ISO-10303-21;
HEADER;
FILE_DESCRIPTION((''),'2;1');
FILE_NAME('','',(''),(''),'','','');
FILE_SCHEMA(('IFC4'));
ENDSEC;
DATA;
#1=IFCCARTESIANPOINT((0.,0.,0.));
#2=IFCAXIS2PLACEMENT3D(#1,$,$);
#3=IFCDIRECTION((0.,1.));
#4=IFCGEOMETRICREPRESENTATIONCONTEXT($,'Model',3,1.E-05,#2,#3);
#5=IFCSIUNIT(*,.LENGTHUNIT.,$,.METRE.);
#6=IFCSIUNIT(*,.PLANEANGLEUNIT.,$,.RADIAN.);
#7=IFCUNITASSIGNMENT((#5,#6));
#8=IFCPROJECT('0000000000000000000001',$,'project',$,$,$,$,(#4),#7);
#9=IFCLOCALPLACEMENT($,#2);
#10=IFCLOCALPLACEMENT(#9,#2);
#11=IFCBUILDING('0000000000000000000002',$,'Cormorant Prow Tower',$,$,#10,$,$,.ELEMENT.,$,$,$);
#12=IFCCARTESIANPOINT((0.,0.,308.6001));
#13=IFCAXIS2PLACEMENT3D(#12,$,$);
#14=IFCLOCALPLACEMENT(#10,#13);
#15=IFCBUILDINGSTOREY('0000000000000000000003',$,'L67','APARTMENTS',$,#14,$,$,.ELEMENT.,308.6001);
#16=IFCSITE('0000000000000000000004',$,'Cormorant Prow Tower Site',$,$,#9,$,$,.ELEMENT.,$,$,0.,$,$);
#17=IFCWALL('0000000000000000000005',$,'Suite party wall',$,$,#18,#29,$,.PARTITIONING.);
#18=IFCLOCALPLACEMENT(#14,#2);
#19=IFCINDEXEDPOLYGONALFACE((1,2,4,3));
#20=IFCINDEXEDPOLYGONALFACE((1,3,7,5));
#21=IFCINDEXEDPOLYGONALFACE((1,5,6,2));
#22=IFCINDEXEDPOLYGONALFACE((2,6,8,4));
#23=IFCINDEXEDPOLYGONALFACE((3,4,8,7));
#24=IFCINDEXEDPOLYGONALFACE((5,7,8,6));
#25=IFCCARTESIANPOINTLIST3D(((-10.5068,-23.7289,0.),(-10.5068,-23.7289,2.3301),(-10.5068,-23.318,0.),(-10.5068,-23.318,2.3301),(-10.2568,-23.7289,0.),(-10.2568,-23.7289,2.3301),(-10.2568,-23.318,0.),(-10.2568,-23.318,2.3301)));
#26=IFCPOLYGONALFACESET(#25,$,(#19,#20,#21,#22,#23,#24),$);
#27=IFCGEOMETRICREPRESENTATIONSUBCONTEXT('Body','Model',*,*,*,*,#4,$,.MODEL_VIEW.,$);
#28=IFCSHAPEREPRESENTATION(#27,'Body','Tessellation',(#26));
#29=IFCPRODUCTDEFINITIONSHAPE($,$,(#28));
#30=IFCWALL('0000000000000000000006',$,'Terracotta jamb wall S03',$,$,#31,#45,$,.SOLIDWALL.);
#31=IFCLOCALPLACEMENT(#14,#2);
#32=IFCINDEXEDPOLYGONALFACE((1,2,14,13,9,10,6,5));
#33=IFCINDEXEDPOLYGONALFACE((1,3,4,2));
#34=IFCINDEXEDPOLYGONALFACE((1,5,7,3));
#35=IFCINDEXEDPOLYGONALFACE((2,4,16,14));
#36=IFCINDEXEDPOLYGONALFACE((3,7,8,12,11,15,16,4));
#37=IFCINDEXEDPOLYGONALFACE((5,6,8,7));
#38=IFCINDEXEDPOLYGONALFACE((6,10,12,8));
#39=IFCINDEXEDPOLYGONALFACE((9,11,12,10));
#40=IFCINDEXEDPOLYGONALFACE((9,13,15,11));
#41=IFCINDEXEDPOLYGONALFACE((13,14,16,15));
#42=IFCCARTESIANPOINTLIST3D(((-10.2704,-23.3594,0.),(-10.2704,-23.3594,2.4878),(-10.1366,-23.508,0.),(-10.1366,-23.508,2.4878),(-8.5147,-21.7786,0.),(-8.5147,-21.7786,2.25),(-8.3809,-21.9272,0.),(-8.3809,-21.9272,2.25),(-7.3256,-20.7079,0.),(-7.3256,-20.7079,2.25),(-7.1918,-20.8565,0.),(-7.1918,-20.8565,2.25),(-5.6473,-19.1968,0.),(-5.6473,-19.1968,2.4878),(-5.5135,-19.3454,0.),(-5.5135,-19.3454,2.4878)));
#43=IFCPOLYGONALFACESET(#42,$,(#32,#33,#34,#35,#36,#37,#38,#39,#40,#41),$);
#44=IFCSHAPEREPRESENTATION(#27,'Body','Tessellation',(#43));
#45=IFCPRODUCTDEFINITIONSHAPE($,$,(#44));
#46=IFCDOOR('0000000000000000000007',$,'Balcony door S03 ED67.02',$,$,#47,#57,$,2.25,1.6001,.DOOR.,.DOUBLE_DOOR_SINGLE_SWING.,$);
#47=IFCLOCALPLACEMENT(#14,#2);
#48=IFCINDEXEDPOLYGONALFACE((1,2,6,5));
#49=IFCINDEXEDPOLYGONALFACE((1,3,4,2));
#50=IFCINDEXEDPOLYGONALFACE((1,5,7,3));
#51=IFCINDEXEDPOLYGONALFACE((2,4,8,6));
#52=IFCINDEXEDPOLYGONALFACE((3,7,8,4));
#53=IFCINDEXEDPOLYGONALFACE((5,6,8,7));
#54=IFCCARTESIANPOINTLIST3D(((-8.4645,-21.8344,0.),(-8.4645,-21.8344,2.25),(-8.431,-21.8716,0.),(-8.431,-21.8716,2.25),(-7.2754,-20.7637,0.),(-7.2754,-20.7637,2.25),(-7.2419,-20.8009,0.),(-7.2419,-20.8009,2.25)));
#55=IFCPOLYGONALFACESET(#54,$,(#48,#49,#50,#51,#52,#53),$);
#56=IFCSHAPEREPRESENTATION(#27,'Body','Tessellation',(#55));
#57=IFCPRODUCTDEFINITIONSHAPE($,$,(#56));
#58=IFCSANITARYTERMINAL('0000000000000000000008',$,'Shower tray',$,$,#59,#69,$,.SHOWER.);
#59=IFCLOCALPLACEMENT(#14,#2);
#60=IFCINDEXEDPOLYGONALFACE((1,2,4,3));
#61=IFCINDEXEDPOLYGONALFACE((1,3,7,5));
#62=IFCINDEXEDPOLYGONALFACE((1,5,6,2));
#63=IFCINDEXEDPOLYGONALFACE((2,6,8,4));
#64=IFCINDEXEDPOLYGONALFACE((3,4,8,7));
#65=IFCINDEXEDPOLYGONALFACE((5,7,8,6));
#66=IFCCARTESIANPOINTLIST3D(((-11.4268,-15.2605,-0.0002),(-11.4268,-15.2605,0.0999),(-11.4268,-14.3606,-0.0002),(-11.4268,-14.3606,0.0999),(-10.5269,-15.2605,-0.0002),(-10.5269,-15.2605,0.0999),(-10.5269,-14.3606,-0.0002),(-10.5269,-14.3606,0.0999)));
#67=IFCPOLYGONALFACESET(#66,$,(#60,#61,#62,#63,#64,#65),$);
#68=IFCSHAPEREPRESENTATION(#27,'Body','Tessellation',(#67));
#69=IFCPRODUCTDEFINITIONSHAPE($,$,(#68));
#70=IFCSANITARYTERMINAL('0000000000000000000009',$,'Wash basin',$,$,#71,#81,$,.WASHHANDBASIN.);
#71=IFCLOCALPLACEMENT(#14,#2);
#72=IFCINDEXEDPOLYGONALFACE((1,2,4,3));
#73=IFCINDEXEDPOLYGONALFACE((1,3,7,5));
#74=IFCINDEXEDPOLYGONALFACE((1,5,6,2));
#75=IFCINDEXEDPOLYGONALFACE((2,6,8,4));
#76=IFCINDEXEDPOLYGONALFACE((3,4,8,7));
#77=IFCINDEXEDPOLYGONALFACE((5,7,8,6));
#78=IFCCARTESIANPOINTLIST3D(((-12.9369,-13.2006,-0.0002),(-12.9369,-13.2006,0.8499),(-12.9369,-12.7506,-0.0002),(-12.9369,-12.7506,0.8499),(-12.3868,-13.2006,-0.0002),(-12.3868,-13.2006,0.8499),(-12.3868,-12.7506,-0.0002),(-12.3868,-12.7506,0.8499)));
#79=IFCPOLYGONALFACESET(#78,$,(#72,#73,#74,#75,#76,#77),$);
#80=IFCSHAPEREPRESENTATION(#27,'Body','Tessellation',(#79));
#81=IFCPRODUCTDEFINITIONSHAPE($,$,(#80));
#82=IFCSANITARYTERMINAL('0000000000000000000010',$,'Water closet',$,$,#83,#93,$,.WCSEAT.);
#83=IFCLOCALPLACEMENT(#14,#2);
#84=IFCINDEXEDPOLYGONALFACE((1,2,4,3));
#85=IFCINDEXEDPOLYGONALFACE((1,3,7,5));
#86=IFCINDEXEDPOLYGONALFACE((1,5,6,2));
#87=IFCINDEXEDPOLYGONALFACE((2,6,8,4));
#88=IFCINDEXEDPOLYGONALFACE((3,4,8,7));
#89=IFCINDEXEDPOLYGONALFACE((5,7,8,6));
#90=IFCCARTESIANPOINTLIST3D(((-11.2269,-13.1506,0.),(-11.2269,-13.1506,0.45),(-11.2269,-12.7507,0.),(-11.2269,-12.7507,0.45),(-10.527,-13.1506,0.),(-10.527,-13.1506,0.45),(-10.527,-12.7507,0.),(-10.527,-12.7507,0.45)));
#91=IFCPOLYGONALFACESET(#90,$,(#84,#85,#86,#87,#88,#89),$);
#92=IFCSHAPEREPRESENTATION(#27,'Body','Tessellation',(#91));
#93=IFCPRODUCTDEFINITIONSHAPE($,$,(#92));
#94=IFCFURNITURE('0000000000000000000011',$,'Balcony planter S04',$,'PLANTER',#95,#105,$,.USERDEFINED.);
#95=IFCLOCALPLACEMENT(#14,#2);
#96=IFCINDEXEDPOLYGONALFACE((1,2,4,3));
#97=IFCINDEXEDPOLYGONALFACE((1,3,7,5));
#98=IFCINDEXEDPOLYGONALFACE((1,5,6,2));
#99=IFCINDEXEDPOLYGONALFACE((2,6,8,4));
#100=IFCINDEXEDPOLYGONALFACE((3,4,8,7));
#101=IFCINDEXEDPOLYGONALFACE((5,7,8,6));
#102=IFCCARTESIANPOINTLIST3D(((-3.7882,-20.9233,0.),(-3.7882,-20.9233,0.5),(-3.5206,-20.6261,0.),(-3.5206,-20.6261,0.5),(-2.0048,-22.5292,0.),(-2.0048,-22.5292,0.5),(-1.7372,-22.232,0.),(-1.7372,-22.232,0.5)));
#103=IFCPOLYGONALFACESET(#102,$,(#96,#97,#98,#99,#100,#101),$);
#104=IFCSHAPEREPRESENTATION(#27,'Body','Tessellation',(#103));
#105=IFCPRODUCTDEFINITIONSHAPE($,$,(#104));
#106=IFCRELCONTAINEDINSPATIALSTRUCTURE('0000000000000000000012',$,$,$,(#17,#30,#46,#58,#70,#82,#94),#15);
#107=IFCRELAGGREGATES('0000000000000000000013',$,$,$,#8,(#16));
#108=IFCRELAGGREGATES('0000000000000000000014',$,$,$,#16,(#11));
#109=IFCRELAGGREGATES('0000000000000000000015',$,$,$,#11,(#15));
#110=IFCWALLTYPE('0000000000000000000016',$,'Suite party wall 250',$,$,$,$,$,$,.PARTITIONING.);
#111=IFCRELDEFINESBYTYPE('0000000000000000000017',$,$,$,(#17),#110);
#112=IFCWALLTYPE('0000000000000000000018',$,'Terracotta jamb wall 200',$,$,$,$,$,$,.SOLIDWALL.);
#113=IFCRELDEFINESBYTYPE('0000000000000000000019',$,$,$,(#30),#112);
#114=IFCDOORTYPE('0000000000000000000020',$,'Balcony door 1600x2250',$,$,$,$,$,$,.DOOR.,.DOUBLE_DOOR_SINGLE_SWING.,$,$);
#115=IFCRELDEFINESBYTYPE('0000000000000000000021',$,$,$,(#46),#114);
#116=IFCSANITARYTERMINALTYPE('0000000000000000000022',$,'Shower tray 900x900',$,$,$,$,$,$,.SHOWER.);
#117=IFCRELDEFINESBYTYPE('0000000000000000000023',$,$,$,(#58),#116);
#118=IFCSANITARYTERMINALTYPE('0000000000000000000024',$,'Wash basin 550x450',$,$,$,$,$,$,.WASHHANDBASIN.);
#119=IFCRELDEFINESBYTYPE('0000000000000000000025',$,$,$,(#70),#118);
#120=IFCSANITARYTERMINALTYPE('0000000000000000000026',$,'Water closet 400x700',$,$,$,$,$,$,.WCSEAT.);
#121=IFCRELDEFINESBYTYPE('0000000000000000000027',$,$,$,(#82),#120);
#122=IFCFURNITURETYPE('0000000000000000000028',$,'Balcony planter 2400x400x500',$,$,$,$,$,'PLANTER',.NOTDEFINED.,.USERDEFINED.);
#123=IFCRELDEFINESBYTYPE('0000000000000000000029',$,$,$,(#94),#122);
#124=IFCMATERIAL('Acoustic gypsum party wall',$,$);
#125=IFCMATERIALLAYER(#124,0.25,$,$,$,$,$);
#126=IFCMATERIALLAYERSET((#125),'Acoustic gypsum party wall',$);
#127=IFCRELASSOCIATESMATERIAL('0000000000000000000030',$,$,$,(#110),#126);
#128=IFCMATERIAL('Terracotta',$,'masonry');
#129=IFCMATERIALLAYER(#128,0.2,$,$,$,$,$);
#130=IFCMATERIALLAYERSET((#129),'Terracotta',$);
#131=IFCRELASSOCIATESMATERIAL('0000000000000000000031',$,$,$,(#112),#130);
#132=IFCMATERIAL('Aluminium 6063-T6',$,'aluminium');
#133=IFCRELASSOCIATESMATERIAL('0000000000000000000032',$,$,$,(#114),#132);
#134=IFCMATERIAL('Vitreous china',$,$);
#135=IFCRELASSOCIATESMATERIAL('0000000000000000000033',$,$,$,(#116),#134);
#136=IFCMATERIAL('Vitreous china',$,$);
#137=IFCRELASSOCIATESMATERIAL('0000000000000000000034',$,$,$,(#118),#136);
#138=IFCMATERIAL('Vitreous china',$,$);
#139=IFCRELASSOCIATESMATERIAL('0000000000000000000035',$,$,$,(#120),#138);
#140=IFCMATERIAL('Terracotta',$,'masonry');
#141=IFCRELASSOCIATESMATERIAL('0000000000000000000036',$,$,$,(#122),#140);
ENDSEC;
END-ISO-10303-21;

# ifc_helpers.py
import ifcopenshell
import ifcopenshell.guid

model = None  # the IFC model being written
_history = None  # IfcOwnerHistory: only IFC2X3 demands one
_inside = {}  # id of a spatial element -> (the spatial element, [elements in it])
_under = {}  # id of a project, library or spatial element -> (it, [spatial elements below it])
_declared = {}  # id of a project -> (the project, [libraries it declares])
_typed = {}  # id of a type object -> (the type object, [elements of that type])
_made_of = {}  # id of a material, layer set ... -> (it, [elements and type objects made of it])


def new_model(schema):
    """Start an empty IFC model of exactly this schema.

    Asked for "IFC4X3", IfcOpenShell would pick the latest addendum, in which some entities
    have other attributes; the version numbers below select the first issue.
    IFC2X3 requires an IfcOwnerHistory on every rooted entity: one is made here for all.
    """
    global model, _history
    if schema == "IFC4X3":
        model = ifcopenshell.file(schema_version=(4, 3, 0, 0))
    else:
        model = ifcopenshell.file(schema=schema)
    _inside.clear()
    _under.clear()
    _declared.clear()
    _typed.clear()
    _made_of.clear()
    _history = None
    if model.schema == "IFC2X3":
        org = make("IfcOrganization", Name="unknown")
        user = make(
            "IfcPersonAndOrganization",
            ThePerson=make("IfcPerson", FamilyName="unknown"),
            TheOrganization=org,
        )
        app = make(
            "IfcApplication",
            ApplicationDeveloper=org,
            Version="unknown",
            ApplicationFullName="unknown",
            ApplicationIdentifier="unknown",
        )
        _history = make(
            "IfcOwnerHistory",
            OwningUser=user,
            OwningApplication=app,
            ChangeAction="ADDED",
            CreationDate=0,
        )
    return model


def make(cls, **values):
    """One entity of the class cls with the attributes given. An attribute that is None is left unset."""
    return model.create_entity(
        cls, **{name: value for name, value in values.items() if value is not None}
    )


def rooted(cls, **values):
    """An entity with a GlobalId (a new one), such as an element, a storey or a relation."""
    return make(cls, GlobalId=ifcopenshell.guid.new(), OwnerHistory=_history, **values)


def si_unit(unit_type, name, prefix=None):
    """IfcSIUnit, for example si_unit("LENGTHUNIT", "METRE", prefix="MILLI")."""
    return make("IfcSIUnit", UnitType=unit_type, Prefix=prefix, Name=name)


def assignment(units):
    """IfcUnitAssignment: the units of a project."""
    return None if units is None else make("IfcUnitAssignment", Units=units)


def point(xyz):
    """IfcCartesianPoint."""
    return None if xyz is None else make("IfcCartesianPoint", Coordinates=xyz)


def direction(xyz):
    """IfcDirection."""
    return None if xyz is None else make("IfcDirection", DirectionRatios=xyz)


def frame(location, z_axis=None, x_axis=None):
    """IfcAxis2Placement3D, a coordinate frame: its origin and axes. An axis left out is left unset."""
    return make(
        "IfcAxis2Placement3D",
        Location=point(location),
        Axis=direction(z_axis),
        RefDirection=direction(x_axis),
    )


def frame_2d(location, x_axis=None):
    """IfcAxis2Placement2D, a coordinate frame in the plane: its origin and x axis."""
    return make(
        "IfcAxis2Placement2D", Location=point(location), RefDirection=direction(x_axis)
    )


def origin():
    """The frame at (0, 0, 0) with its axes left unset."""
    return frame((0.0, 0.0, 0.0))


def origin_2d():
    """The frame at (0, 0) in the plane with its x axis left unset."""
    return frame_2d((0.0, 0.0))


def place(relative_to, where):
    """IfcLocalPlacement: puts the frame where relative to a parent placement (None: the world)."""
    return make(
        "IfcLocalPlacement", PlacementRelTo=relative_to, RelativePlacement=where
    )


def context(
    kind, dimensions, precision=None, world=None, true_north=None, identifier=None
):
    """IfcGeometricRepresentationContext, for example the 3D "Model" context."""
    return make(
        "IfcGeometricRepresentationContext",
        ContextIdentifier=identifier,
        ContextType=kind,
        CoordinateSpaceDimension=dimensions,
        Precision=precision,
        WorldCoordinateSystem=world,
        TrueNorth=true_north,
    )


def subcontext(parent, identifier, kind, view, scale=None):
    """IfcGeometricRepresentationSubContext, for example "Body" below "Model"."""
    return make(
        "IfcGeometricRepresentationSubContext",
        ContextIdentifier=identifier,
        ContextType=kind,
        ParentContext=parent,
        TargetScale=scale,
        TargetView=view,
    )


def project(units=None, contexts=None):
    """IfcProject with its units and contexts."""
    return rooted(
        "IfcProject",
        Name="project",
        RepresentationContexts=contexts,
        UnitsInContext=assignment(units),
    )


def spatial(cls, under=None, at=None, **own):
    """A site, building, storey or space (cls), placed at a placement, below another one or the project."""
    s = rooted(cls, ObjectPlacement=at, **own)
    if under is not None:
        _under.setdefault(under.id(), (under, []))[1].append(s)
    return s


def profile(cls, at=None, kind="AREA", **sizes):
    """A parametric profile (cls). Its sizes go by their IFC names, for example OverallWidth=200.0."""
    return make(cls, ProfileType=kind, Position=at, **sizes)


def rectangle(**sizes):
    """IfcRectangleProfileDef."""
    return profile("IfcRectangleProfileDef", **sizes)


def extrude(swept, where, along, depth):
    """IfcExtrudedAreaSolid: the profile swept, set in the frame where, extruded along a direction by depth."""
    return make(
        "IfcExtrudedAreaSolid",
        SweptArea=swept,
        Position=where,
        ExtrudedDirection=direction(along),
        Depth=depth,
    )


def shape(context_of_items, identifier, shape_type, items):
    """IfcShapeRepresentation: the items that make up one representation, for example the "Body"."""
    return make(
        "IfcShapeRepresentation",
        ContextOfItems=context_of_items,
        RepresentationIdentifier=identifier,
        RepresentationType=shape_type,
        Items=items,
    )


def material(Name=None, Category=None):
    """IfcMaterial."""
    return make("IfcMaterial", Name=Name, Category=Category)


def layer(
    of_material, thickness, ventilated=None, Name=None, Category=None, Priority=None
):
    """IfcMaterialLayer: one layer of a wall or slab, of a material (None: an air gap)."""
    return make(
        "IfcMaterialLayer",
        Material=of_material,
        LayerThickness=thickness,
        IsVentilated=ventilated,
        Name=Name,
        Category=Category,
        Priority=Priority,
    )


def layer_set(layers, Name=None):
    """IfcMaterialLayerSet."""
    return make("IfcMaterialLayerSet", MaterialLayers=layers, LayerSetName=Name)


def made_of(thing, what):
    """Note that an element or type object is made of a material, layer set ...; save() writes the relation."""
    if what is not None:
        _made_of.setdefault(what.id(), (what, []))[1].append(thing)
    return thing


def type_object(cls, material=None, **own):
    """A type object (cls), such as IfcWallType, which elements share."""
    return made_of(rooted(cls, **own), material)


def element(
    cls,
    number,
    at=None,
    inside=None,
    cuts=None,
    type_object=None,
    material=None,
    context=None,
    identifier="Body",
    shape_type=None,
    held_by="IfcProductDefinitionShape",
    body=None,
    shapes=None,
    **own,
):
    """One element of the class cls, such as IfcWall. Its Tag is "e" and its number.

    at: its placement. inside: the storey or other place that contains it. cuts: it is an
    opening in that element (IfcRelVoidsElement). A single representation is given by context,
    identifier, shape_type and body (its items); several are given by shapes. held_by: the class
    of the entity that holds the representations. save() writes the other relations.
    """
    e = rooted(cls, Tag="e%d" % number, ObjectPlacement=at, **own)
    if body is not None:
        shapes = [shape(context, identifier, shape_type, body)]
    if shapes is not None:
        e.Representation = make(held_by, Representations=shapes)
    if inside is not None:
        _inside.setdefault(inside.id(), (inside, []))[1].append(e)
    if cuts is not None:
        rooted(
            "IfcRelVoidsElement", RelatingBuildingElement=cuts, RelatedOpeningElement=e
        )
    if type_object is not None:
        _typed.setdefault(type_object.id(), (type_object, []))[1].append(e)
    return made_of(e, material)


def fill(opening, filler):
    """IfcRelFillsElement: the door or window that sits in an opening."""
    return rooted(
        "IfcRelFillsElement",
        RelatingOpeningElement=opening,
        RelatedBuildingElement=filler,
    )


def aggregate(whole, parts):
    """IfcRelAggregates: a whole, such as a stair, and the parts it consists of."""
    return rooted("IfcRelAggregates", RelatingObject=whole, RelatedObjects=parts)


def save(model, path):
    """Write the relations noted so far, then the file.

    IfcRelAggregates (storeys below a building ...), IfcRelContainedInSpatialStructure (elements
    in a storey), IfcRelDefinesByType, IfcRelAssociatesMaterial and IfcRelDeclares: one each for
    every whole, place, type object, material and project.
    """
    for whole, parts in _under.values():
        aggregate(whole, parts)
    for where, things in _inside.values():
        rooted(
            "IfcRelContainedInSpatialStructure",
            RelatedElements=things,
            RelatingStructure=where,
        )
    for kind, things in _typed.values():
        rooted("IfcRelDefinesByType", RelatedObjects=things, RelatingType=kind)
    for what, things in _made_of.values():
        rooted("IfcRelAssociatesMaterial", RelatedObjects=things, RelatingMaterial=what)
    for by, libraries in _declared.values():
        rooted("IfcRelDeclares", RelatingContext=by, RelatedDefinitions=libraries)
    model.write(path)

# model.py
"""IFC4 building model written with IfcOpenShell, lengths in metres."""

from ifc_helpers import new_model, si_unit, direction, frame, frame_2d, origin, origin_2d, place, context, subcontext, project, spatial, rectangle, extrude, material, layer, layer_set, type_object, element, fill, save


model = new_model("IFC4")

# Units and contexts
model_context = context("Model", 3, precision=1e-05, world=origin(), true_north=direction((0.0, 1.0)))
body_context = subcontext(model_context, "Body", "Model", "MODEL_VIEW")
ifc_project = project(units=[si_unit("LENGTHUNIT", "METRE"), si_unit("PLANEANGLEUNIT", "RADIAN")], contexts=[model_context])

# Site, building, storey
site_placement = place(None, origin())
site = spatial("IfcSite", under=ifc_project, at=site_placement, Name="Cormorant Prow Tower Site", CompositionType="ELEMENT", RefElevation=0.0)
building_placement = place(site_placement, origin())
building = spatial("IfcBuilding", under=site, at=building_placement, Name="Cormorant Prow Tower", CompositionType="ELEMENT")
storey_placement = place(building_placement, frame((0.0, 0.0, 308.6001)))
storey = spatial("IfcBuildingStorey", under=building, at=storey_placement, Name="L67", Description="APARTMENTS", CompositionType="ELEMENT", Elevation=308.6001)

# Wall
ifc_material_1 = material(Name="Acoustic gypsum party wall")
ifc_layer_1 = layer(ifc_material_1, 0.25)
ifc_layer_set_1 = layer_set([ifc_layer_1], Name="Acoustic gypsum party wall")
wall_type_1 = type_object("IfcWallType", Name="Suite party wall 250", PredefinedType="PARTITIONING", material=ifc_layer_set_1)
wall_1_placement = place(storey_placement, frame((-10.3818, -23.729, 0.0), z_axis=(0.0, 0.0, 1.0), x_axis=(0.0, 1.0, 0.0)))
element("IfcWall", 1, at=wall_1_placement, inside=storey, type_object=wall_type_1, Name="Suite party wall", PredefinedType="PARTITIONING", context=body_context, shape_type="SweptSolid", body=[
    extrude(rectangle(XDim=0.4109, YDim=0.25, at=frame_2d((0.2056, 0.0))), origin(), (0.0, 0.0, 1.0), 2.3301),
])

# Wall, opening, door
ifc_material_2 = material(Name="Terracotta", Category="masonry")
ifc_layer_2 = layer(ifc_material_2, 0.2)
ifc_layer_set_2 = layer_set([ifc_layer_2], Name="Terracotta")
wall_type_2 = type_object("IfcWallType", Name="Terracotta jamb wall 200", PredefinedType="SOLIDWALL", material=ifc_layer_set_2)
wall_2_placement = place(storey_placement, frame((-10.2034, -23.4336, 0.0), z_axis=(0.0, 0.0, 1.0), x_axis=(0.743146, 0.66913, 0.0)))
wall_2 = element("IfcWall", 2, at=wall_2_placement, inside=storey, type_object=wall_type_2, Name="Terracotta jamb wall S03", PredefinedType="SOLIDWALL", context=body_context, shape_type="SweptSolid", body=[
    extrude(rectangle(XDim=6.2209, YDim=0.2, at=frame_2d((3.1104, 0.0))), origin(), (0.0, 0.0, 1.0), 2.4878),
])
opening_1_placement = place(wall_2_placement, frame((2.3623, 0.0, 0.0)))
opening_1 = element("IfcOpeningElement", 3, at=opening_1_placement, cuts=wall_2, PredefinedType="OPENING", context=body_context, shape_type="SweptSolid", body=[
    extrude(rectangle(XDim=1.6001, YDim=2.25, at=frame_2d((0.8, 1.125))), frame((0.0, 0.1099, 0.0), z_axis=(0.0, -1.0, 0.0), x_axis=(1.0, 0.0, 0.0)), (0.0, 0.0, 1.0), 0.22),
])
ifc_material_3 = material(Name="Aluminium 6063-T6", Category="aluminium")
door_type_1 = type_object("IfcDoorType", Name="Balcony door 1600x2250", OperationType="DOUBLE_DOOR_SINGLE_SWING", PredefinedType="DOOR", material=ifc_material_3)
door_1_placement = place(opening_1_placement, origin())
door_1 = element("IfcDoor", 4, at=door_1_placement, inside=storey, type_object=door_type_1, Name="Balcony door S03 ED67.02", OperationType="DOUBLE_DOOR_SINGLE_SWING", OverallHeight=2.25, OverallWidth=1.6001, PredefinedType="DOOR", context=body_context, shape_type="SweptSolid", body=[
    extrude(rectangle(XDim=1.6001, YDim=2.25, at=frame_2d((0.8, 1.125))), frame((0.0, 0.0249, 0.0), z_axis=(0.0, -1.0, 0.0), x_axis=(1.0, 0.0, 0.0)), (0.0, 0.0, 1.0), 0.05),
])
fill(opening_1, door_1)

# Sanitary terminals
ifc_material_4 = material(Name="Vitreous china")
sanitary_terminal_type_1 = type_object("IfcSanitaryTerminalType", Name="Shower tray 900x900", PredefinedType="SHOWER", material=ifc_material_4)
sanitary_terminal_1_placement = place(storey_placement, frame((-10.9768, -14.8105, -0.0002), z_axis=(0.0, 0.0, 1.0), x_axis=(-1.0, 0.0, 0.0)))
element("IfcSanitaryTerminal", 5, at=sanitary_terminal_1_placement, inside=storey, type_object=sanitary_terminal_type_1, Name="Shower tray", PredefinedType="SHOWER", context=body_context, shape_type="SweptSolid", body=[
    extrude(rectangle(XDim=0.8999, YDim=0.8999, at=origin_2d()), origin(), (0.0, 0.0, 1.0), 0.1001),
])
ifc_material_5 = material(Name="Vitreous china")
sanitary_terminal_type_2 = type_object("IfcSanitaryTerminalType", Name="Wash basin 550x450", PredefinedType="WASHHANDBASIN", material=ifc_material_5)
sanitary_terminal_2_placement = place(storey_placement, frame((-12.6619, -12.9756, -0.0002), z_axis=(0.0, 0.0, 1.0), x_axis=(1.0, 0.0, 0.0)))
element("IfcSanitaryTerminal", 6, at=sanitary_terminal_2_placement, inside=storey, type_object=sanitary_terminal_type_2, Name="Wash basin", PredefinedType="WASHHANDBASIN", context=body_context, shape_type="SweptSolid", body=[
    extrude(rectangle(XDim=0.55, YDim=0.45, at=origin_2d()), origin(), (0.0, 0.0, 1.0), 0.8501),
])
ifc_material_6 = material(Name="Vitreous china")
sanitary_terminal_type_3 = type_object("IfcSanitaryTerminalType", Name="Water closet 400x700", PredefinedType="WCSEAT", material=ifc_material_6)
sanitary_terminal_3_placement = place(storey_placement, frame((-10.877, -12.9507, 0.0), z_axis=(0.0, 0.0, 1.0), x_axis=(0.0, -1.0, 0.0)))
element("IfcSanitaryTerminal", 7, at=sanitary_terminal_3_placement, inside=storey, type_object=sanitary_terminal_type_3, Name="Water closet", PredefinedType="WCSEAT", context=body_context, shape_type="SweptSolid", body=[
    extrude(rectangle(XDim=0.3999, YDim=0.7, at=origin_2d()), origin(), (0.0, 0.0, 1.0), 0.45),
])

# Furniture
ifc_material_7 = material(Name="Terracotta", Category="masonry")
furniture_type = type_object("IfcFurnitureType", Name="Balcony planter 2400x400x500", ElementType="PLANTER", AssemblyPlace="NOTDEFINED", PredefinedType="USERDEFINED", material=ifc_material_7)
furniture_placement = place(storey_placement, frame((-2.7627, -21.5776, 0.0), z_axis=(0.0, 0.0, 1.0), x_axis=(0.743145, -0.669131, 0.0)))
element("IfcFurniture", 8, at=furniture_placement, inside=storey, type_object=furniture_type, Name="Balcony planter S04", ObjectType="PLANTER", PredefinedType="USERDEFINED", context=body_context, shape_type="SweptSolid", body=[
    extrude(rectangle(XDim=2.3999, YDim=0.3999, at=origin_2d()), origin(), (0.0, 0.0, 1.0), 0.5),
])

save(model, "model.ifc")
